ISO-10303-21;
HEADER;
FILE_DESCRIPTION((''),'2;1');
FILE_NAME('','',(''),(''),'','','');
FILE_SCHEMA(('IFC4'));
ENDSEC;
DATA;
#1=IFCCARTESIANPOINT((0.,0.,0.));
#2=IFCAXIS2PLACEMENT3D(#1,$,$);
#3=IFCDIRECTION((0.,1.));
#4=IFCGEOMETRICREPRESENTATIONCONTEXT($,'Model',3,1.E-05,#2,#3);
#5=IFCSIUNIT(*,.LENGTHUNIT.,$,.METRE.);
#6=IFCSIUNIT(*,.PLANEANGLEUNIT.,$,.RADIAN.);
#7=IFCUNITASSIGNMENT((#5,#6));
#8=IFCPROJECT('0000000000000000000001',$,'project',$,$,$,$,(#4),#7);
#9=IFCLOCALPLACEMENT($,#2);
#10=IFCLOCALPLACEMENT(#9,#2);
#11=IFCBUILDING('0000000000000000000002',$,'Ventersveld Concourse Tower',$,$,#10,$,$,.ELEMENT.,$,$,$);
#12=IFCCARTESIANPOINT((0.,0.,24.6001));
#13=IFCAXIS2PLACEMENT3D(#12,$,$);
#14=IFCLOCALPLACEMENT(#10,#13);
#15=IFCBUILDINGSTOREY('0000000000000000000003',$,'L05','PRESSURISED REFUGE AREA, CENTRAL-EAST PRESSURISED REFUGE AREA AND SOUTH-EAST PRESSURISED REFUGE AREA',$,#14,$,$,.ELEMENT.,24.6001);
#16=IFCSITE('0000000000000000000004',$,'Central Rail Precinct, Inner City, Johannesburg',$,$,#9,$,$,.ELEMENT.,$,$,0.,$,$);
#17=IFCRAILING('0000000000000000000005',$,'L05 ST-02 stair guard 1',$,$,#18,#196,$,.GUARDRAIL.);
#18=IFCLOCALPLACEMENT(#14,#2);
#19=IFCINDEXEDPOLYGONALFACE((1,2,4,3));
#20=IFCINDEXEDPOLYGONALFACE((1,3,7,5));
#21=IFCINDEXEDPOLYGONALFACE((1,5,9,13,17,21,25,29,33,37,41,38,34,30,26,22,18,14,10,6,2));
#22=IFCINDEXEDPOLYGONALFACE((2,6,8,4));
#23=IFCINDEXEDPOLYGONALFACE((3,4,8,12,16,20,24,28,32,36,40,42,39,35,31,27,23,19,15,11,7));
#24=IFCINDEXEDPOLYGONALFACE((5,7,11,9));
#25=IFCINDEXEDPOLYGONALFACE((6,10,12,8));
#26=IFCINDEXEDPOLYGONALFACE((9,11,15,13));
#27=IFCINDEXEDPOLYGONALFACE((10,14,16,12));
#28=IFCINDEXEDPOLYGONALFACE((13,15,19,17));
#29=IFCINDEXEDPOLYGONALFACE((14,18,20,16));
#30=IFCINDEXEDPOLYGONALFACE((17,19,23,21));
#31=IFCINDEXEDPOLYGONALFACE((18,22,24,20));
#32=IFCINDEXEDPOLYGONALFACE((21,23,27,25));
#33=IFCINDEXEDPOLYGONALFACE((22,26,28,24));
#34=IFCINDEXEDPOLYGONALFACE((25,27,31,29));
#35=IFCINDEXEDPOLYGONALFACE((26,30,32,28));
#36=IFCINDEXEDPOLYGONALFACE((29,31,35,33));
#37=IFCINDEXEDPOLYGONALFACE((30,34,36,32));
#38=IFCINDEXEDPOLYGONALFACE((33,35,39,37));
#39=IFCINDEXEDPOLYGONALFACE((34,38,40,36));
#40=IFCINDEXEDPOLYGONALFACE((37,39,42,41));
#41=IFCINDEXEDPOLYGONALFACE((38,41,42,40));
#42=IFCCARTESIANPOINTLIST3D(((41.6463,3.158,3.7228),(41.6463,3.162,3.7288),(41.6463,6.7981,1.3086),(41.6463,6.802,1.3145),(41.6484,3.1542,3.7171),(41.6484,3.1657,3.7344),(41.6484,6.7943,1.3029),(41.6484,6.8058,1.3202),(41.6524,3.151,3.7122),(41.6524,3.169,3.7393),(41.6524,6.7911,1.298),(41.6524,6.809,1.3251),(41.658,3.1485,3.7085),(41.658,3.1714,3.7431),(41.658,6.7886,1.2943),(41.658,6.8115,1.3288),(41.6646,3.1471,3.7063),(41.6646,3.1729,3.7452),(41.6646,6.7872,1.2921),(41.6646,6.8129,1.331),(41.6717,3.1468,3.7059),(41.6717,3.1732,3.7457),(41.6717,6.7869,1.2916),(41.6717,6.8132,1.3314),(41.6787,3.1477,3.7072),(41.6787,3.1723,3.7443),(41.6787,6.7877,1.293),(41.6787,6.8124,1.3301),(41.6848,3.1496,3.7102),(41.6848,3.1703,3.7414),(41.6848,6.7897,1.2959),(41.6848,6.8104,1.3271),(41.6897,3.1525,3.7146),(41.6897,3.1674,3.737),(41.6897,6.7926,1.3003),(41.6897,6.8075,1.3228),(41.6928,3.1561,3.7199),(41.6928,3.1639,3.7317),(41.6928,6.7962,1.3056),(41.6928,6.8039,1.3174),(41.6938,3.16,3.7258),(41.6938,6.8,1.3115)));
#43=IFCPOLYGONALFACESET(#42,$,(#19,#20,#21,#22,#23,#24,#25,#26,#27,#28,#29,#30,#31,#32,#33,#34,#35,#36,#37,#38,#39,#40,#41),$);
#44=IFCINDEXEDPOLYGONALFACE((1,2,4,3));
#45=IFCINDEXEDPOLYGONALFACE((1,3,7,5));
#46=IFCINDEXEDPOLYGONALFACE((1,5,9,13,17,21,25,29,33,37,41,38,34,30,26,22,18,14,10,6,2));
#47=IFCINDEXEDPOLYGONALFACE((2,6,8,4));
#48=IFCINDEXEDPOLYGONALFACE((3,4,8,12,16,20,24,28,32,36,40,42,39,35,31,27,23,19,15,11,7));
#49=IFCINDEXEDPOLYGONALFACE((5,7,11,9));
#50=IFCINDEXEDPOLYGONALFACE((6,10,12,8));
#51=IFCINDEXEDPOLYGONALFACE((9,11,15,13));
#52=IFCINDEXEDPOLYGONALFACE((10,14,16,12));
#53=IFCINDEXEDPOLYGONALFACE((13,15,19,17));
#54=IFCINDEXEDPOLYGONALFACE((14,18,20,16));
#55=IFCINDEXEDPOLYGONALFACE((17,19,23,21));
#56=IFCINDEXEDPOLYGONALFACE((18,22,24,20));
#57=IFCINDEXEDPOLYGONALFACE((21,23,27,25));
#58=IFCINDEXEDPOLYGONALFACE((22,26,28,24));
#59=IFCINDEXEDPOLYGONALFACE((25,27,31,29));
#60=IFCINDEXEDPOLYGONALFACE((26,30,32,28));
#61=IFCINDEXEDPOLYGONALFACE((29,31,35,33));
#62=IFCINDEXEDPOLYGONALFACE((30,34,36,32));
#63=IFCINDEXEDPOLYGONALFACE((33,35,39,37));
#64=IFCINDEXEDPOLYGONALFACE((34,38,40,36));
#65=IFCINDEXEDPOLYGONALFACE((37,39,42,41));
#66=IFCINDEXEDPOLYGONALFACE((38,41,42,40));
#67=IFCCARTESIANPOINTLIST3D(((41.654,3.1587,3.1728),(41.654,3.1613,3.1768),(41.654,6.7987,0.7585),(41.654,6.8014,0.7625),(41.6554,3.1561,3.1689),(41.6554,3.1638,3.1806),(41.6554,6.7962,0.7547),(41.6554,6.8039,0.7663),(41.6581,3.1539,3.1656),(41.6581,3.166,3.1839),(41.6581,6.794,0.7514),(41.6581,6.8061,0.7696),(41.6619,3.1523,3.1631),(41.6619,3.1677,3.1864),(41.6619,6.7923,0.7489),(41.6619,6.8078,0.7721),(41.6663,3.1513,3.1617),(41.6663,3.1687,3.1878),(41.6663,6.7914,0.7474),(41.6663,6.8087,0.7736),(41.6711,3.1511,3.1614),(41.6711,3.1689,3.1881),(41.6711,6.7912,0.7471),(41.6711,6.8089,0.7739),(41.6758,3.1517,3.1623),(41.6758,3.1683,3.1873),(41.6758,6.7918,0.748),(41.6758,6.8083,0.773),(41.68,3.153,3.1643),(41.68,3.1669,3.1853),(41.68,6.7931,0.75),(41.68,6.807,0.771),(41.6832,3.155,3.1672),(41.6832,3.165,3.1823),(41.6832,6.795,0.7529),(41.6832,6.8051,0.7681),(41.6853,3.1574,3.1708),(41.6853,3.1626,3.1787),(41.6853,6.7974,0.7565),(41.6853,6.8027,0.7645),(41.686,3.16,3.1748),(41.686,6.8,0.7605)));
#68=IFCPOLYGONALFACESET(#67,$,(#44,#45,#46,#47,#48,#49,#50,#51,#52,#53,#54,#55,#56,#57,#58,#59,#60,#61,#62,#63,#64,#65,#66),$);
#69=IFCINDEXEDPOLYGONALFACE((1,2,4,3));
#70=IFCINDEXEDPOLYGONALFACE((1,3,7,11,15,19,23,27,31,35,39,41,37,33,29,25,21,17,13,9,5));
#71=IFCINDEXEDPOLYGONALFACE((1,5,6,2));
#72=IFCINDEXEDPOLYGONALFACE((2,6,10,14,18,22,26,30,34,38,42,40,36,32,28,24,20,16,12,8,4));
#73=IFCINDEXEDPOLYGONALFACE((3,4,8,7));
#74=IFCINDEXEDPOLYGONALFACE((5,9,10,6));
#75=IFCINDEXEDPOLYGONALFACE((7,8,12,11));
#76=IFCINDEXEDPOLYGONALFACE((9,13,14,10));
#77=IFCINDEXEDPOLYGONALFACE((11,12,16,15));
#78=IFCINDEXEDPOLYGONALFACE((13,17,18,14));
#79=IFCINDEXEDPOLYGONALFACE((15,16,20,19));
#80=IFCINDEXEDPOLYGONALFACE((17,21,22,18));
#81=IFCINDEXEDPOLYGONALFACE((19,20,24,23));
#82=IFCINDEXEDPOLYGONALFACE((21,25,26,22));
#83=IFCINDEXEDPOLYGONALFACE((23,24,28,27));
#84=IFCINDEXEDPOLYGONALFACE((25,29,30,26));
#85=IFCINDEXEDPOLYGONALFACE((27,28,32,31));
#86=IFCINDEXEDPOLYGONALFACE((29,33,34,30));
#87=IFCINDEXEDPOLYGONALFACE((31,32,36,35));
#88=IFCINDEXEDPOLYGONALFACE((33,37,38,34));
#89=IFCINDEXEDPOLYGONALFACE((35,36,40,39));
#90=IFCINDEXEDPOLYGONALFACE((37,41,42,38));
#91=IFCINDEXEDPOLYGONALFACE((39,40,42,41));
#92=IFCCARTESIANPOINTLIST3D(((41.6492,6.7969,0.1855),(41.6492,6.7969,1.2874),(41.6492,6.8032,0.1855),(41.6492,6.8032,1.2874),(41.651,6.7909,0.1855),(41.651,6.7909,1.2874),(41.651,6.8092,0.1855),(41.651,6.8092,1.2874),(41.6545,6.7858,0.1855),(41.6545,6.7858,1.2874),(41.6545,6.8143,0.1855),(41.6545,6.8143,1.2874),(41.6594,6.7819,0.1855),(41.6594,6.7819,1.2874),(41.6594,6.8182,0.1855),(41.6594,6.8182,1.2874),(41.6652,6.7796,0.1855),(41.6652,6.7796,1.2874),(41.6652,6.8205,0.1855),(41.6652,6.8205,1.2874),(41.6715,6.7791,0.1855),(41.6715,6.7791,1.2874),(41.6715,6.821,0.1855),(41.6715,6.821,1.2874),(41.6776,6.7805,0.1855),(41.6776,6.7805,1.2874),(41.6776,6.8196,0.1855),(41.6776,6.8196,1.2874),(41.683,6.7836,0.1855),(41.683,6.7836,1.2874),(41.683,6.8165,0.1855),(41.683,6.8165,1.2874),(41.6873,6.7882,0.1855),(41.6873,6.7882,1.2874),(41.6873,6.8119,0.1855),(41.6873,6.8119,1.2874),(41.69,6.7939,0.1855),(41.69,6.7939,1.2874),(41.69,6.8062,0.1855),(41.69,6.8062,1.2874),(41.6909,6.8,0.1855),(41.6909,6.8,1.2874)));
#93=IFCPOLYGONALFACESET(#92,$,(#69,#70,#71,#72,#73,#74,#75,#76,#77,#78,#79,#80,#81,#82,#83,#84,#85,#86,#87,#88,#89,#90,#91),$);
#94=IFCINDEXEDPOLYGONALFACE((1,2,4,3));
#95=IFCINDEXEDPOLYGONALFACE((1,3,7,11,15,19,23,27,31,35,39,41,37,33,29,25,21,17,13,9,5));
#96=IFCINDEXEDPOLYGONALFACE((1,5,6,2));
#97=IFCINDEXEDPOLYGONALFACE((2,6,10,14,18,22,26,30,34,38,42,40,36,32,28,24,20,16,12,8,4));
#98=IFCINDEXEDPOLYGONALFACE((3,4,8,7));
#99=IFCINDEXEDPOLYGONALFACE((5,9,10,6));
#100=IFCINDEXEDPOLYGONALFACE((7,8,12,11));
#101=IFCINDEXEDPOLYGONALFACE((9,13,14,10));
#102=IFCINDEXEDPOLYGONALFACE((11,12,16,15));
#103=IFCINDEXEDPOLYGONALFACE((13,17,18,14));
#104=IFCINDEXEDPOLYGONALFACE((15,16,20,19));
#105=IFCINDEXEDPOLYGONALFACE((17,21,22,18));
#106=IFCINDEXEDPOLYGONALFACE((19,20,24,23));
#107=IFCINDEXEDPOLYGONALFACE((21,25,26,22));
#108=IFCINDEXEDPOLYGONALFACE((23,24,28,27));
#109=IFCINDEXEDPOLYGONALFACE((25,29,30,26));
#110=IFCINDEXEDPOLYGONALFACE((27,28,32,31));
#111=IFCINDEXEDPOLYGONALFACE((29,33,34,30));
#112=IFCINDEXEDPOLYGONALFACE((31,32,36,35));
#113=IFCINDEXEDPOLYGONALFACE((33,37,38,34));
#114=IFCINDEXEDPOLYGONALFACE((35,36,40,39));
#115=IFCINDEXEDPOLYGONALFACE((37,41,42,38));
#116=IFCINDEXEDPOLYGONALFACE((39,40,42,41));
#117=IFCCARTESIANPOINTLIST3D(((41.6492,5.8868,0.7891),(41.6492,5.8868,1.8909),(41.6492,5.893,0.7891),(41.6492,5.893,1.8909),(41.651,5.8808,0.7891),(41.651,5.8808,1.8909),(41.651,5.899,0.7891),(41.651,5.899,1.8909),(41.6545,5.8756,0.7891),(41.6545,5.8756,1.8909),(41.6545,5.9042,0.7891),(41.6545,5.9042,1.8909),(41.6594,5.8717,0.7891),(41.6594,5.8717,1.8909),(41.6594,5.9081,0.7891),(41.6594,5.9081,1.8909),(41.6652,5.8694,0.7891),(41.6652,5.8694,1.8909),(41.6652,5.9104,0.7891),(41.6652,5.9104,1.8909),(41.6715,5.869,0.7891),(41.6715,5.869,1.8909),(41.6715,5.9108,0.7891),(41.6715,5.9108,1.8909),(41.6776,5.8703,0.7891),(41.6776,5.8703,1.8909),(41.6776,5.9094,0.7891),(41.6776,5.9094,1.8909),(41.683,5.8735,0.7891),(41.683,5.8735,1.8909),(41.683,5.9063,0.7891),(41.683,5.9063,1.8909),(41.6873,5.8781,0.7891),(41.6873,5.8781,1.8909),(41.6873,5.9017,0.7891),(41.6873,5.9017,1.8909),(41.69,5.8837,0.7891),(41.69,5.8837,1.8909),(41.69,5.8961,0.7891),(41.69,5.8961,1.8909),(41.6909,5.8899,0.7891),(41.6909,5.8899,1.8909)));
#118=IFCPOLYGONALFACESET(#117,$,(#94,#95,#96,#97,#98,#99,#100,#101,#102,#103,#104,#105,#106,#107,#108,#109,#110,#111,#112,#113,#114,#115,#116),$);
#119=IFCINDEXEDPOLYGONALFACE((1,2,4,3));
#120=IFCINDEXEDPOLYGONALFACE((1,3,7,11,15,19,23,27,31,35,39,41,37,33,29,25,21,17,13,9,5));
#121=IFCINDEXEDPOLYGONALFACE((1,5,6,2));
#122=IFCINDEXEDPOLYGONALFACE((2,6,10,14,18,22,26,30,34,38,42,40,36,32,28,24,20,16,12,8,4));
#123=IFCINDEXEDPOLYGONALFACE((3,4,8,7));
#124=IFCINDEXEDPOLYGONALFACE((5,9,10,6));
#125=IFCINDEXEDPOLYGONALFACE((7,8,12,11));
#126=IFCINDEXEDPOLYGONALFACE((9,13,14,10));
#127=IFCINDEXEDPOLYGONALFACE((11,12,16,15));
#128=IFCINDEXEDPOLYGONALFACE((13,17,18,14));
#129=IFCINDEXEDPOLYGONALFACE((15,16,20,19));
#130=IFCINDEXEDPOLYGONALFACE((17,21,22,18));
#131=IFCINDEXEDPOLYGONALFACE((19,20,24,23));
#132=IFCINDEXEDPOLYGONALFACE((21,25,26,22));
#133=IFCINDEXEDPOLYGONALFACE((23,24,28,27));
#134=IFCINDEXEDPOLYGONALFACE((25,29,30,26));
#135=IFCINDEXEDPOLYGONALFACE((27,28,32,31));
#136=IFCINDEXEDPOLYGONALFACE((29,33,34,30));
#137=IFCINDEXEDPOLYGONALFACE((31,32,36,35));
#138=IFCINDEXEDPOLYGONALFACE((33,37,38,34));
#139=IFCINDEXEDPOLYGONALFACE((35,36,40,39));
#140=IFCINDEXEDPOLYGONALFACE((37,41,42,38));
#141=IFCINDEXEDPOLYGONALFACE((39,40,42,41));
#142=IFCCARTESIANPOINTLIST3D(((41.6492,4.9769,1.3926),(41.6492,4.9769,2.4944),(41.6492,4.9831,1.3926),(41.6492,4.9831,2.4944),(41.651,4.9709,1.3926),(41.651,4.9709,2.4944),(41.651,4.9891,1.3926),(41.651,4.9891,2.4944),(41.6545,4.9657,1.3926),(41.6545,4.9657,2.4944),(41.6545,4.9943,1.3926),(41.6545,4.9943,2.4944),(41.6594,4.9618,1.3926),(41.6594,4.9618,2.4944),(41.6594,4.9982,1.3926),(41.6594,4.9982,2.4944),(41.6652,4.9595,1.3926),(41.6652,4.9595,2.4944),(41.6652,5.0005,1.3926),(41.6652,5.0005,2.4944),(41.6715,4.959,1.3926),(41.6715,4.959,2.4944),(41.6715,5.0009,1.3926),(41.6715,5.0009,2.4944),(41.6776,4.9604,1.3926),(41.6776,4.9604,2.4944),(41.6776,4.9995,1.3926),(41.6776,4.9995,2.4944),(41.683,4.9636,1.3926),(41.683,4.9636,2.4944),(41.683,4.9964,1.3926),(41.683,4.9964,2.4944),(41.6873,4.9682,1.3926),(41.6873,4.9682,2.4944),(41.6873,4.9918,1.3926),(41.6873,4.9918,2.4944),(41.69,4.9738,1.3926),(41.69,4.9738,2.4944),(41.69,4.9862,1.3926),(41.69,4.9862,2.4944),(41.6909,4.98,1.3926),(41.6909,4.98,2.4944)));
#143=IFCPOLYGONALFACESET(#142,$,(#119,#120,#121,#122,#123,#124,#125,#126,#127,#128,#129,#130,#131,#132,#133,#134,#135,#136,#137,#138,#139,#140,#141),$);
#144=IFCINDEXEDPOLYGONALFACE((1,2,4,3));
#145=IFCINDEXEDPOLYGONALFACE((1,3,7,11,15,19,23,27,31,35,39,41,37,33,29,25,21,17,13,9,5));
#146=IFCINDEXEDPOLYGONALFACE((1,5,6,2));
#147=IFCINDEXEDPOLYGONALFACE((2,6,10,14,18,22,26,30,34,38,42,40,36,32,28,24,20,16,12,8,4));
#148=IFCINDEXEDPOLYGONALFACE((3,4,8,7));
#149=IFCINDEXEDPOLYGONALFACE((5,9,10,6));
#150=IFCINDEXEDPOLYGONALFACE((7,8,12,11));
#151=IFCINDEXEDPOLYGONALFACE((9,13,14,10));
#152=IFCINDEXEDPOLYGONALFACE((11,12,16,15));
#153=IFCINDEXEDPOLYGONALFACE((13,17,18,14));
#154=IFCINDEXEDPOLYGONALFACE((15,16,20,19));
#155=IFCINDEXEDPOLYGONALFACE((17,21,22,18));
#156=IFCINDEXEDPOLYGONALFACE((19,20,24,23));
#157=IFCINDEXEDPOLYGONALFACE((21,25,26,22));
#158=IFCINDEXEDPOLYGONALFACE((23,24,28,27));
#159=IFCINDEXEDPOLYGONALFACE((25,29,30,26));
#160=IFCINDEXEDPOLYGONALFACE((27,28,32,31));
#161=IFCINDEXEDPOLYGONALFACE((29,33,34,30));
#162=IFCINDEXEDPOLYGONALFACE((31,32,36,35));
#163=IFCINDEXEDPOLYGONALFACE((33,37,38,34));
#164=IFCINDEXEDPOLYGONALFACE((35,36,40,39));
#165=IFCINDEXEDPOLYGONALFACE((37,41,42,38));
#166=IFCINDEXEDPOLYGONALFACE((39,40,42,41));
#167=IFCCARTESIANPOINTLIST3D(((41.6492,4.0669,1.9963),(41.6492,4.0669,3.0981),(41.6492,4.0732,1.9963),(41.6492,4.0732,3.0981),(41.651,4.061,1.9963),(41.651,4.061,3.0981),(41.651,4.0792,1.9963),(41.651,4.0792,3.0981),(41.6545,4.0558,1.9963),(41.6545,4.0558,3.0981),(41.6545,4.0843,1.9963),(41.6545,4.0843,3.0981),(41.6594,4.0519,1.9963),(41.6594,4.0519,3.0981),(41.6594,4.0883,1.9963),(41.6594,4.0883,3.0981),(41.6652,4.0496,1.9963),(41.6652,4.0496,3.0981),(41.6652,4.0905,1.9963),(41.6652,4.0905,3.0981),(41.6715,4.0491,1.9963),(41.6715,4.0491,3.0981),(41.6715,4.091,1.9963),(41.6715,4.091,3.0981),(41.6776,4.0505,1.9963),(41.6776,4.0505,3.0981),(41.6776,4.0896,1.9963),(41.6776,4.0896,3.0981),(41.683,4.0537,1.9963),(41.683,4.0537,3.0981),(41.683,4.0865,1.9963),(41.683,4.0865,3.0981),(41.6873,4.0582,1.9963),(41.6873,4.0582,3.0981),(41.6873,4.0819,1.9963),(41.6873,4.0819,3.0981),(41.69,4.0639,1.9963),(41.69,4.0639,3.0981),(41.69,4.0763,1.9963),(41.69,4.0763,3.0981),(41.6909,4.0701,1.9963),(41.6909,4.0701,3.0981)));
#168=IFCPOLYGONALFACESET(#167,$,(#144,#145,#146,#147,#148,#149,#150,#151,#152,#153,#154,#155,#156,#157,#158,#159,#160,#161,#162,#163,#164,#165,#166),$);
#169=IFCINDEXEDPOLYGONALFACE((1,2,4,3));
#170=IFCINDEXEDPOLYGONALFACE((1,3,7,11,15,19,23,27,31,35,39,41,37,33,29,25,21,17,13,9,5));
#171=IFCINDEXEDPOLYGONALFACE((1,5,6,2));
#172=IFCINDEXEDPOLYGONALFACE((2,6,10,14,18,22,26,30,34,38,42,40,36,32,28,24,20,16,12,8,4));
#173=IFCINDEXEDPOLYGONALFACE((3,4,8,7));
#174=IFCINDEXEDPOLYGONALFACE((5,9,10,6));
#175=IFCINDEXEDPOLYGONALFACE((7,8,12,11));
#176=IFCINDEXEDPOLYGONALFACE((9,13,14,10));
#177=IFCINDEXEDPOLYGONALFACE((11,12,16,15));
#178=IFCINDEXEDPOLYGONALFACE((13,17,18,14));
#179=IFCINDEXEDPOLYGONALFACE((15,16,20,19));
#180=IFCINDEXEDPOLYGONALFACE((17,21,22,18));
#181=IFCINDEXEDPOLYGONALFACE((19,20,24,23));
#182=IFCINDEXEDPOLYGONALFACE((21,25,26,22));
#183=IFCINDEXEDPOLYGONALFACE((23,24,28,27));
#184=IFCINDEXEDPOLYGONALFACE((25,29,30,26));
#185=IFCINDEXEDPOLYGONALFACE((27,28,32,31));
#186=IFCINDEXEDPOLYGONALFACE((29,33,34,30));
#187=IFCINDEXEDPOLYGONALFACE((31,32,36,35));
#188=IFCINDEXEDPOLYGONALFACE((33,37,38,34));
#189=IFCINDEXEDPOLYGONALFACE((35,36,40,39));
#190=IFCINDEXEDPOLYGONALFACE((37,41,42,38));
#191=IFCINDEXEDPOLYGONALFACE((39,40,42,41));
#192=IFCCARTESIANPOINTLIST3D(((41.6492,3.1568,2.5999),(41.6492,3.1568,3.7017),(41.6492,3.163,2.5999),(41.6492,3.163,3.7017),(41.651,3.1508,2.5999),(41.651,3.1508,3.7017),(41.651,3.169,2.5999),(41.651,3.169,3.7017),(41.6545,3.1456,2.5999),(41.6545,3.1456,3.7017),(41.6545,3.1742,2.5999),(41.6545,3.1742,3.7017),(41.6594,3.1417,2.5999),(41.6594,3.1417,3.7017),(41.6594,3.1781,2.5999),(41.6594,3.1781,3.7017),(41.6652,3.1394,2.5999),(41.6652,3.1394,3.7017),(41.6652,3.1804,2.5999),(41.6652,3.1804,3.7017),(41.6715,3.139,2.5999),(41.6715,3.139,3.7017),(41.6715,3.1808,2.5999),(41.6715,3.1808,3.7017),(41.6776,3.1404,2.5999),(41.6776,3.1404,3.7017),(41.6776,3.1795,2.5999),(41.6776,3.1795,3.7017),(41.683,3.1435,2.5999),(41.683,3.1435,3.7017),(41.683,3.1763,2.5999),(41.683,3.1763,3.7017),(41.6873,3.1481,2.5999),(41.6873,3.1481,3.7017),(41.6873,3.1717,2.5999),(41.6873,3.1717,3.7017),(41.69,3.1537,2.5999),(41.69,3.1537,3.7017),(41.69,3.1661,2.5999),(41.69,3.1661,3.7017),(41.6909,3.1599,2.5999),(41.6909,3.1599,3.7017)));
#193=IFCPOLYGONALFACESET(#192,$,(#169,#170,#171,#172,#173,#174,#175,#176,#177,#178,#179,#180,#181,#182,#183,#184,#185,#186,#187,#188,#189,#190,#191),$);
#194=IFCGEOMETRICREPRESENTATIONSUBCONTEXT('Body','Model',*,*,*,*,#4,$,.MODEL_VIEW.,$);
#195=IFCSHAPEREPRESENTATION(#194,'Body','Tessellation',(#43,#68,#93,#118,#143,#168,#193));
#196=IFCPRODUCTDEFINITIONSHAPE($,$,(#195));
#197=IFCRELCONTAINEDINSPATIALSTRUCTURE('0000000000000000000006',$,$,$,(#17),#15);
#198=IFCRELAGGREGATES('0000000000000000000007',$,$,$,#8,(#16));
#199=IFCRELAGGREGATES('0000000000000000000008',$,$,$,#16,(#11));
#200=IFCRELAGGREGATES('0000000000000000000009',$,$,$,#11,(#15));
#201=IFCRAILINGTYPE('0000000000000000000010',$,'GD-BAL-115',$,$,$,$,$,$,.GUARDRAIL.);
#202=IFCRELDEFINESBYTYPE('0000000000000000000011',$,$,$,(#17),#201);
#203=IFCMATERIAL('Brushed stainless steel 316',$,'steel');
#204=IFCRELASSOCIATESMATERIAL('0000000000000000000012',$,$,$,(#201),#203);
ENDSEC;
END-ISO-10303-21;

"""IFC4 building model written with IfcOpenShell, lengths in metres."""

from ifc_helpers import new_model, si_unit, direction, frame, origin, origin_2d, place, context, subcontext, project, spatial, circle, extrude, material, type_object, element, save


model = new_model("IFC4")

# Units and contexts
model_context = context("Model", 3, precision=1e-05, world=origin(), true_north=direction((0.0, 1.0)))
body_context = subcontext(model_context, "Body", "Model", "MODEL_VIEW")
ifc_project = project(units=[si_unit("LENGTHUNIT", "METRE"), si_unit("PLANEANGLEUNIT", "RADIAN")], contexts=[model_context])

# Site, building, storey
site_placement = place(None, origin())
site = spatial("IfcSite", under=ifc_project, at=site_placement, Name="Central Rail Precinct, Inner City, Johannesburg", CompositionType="ELEMENT", RefElevation=0.0)
building_placement = place(site_placement, origin())
building = spatial("IfcBuilding", under=site, at=building_placement, Name="Ventersveld Concourse Tower", CompositionType="ELEMENT")
storey_placement = place(building_placement, frame((0.0, 0.0, 24.6001)))
storey = spatial("IfcBuildingStorey", under=building, at=storey_placement, Name="L05", Description="PRESSURISED REFUGE AREA, CENTRAL-EAST PRESSURISED REFUGE AREA AND SOUTH-EAST PRESSURISED REFUGE AREA", CompositionType="ELEMENT", Elevation=24.6001)

# Railing
ifc_material_1 = material(Name="Brushed stainless steel 316", Category="steel")
railing_type_1 = type_object("IfcRailingType", Name="GD-BAL-115", PredefinedType="GUARDRAIL", material=ifc_material_1)
railing_1_placement = place(storey_placement, frame((41.6699, 6.8, 0.1855)))
element("IfcRailing", 1, at=railing_1_placement, inside=storey, type_object=railing_type_1, Name="L05 ST-02 stair guard 1", PredefinedType="GUARDRAIL", context=body_context, shape_type="SweptSolid", body=[
    extrude(circle(Radius=0.0239, at=origin_2d()), frame((0.0, 0.0, 1.126), z_axis=(0.0, -0.833364, 0.552725), x_axis=(1.0, 0.0, 0.0)), (0.0, 0.0, 1.0), 4.3679),
    extrude(circle(Radius=0.0161, at=origin_2d()), frame((0.0, 0.0, 0.575), z_axis=(0.0, -0.833364, 0.552725), x_axis=(1.0, 0.0, 0.0)), (0.0, 0.0, 1.0), 4.3679),
    extrude(circle(Radius=0.021, at=origin_2d()), origin(), (0.0, 0.0, 1.0), 1.1018),
    extrude(circle(Radius=0.021, at=origin_2d()), frame((0.0, -0.9102, 0.6035)), (0.0, 0.0, 1.0), 1.1018),
    extrude(circle(Radius=0.021, at=origin_2d()), frame((0.0, -1.8201, 1.207)), (0.0, 0.0, 1.0), 1.1018),
    extrude(circle(Radius=0.021, at=origin_2d()), frame((0.0, -2.73, 1.8108)), (0.0, 0.0, 1.0), 1.1018),
    extrude(circle(Radius=0.021, at=origin_2d()), frame((0.0, -3.6401, 2.4143)), (0.0, 0.0, 1.0), 1.1018),
])

save(model, "model.ifc")
